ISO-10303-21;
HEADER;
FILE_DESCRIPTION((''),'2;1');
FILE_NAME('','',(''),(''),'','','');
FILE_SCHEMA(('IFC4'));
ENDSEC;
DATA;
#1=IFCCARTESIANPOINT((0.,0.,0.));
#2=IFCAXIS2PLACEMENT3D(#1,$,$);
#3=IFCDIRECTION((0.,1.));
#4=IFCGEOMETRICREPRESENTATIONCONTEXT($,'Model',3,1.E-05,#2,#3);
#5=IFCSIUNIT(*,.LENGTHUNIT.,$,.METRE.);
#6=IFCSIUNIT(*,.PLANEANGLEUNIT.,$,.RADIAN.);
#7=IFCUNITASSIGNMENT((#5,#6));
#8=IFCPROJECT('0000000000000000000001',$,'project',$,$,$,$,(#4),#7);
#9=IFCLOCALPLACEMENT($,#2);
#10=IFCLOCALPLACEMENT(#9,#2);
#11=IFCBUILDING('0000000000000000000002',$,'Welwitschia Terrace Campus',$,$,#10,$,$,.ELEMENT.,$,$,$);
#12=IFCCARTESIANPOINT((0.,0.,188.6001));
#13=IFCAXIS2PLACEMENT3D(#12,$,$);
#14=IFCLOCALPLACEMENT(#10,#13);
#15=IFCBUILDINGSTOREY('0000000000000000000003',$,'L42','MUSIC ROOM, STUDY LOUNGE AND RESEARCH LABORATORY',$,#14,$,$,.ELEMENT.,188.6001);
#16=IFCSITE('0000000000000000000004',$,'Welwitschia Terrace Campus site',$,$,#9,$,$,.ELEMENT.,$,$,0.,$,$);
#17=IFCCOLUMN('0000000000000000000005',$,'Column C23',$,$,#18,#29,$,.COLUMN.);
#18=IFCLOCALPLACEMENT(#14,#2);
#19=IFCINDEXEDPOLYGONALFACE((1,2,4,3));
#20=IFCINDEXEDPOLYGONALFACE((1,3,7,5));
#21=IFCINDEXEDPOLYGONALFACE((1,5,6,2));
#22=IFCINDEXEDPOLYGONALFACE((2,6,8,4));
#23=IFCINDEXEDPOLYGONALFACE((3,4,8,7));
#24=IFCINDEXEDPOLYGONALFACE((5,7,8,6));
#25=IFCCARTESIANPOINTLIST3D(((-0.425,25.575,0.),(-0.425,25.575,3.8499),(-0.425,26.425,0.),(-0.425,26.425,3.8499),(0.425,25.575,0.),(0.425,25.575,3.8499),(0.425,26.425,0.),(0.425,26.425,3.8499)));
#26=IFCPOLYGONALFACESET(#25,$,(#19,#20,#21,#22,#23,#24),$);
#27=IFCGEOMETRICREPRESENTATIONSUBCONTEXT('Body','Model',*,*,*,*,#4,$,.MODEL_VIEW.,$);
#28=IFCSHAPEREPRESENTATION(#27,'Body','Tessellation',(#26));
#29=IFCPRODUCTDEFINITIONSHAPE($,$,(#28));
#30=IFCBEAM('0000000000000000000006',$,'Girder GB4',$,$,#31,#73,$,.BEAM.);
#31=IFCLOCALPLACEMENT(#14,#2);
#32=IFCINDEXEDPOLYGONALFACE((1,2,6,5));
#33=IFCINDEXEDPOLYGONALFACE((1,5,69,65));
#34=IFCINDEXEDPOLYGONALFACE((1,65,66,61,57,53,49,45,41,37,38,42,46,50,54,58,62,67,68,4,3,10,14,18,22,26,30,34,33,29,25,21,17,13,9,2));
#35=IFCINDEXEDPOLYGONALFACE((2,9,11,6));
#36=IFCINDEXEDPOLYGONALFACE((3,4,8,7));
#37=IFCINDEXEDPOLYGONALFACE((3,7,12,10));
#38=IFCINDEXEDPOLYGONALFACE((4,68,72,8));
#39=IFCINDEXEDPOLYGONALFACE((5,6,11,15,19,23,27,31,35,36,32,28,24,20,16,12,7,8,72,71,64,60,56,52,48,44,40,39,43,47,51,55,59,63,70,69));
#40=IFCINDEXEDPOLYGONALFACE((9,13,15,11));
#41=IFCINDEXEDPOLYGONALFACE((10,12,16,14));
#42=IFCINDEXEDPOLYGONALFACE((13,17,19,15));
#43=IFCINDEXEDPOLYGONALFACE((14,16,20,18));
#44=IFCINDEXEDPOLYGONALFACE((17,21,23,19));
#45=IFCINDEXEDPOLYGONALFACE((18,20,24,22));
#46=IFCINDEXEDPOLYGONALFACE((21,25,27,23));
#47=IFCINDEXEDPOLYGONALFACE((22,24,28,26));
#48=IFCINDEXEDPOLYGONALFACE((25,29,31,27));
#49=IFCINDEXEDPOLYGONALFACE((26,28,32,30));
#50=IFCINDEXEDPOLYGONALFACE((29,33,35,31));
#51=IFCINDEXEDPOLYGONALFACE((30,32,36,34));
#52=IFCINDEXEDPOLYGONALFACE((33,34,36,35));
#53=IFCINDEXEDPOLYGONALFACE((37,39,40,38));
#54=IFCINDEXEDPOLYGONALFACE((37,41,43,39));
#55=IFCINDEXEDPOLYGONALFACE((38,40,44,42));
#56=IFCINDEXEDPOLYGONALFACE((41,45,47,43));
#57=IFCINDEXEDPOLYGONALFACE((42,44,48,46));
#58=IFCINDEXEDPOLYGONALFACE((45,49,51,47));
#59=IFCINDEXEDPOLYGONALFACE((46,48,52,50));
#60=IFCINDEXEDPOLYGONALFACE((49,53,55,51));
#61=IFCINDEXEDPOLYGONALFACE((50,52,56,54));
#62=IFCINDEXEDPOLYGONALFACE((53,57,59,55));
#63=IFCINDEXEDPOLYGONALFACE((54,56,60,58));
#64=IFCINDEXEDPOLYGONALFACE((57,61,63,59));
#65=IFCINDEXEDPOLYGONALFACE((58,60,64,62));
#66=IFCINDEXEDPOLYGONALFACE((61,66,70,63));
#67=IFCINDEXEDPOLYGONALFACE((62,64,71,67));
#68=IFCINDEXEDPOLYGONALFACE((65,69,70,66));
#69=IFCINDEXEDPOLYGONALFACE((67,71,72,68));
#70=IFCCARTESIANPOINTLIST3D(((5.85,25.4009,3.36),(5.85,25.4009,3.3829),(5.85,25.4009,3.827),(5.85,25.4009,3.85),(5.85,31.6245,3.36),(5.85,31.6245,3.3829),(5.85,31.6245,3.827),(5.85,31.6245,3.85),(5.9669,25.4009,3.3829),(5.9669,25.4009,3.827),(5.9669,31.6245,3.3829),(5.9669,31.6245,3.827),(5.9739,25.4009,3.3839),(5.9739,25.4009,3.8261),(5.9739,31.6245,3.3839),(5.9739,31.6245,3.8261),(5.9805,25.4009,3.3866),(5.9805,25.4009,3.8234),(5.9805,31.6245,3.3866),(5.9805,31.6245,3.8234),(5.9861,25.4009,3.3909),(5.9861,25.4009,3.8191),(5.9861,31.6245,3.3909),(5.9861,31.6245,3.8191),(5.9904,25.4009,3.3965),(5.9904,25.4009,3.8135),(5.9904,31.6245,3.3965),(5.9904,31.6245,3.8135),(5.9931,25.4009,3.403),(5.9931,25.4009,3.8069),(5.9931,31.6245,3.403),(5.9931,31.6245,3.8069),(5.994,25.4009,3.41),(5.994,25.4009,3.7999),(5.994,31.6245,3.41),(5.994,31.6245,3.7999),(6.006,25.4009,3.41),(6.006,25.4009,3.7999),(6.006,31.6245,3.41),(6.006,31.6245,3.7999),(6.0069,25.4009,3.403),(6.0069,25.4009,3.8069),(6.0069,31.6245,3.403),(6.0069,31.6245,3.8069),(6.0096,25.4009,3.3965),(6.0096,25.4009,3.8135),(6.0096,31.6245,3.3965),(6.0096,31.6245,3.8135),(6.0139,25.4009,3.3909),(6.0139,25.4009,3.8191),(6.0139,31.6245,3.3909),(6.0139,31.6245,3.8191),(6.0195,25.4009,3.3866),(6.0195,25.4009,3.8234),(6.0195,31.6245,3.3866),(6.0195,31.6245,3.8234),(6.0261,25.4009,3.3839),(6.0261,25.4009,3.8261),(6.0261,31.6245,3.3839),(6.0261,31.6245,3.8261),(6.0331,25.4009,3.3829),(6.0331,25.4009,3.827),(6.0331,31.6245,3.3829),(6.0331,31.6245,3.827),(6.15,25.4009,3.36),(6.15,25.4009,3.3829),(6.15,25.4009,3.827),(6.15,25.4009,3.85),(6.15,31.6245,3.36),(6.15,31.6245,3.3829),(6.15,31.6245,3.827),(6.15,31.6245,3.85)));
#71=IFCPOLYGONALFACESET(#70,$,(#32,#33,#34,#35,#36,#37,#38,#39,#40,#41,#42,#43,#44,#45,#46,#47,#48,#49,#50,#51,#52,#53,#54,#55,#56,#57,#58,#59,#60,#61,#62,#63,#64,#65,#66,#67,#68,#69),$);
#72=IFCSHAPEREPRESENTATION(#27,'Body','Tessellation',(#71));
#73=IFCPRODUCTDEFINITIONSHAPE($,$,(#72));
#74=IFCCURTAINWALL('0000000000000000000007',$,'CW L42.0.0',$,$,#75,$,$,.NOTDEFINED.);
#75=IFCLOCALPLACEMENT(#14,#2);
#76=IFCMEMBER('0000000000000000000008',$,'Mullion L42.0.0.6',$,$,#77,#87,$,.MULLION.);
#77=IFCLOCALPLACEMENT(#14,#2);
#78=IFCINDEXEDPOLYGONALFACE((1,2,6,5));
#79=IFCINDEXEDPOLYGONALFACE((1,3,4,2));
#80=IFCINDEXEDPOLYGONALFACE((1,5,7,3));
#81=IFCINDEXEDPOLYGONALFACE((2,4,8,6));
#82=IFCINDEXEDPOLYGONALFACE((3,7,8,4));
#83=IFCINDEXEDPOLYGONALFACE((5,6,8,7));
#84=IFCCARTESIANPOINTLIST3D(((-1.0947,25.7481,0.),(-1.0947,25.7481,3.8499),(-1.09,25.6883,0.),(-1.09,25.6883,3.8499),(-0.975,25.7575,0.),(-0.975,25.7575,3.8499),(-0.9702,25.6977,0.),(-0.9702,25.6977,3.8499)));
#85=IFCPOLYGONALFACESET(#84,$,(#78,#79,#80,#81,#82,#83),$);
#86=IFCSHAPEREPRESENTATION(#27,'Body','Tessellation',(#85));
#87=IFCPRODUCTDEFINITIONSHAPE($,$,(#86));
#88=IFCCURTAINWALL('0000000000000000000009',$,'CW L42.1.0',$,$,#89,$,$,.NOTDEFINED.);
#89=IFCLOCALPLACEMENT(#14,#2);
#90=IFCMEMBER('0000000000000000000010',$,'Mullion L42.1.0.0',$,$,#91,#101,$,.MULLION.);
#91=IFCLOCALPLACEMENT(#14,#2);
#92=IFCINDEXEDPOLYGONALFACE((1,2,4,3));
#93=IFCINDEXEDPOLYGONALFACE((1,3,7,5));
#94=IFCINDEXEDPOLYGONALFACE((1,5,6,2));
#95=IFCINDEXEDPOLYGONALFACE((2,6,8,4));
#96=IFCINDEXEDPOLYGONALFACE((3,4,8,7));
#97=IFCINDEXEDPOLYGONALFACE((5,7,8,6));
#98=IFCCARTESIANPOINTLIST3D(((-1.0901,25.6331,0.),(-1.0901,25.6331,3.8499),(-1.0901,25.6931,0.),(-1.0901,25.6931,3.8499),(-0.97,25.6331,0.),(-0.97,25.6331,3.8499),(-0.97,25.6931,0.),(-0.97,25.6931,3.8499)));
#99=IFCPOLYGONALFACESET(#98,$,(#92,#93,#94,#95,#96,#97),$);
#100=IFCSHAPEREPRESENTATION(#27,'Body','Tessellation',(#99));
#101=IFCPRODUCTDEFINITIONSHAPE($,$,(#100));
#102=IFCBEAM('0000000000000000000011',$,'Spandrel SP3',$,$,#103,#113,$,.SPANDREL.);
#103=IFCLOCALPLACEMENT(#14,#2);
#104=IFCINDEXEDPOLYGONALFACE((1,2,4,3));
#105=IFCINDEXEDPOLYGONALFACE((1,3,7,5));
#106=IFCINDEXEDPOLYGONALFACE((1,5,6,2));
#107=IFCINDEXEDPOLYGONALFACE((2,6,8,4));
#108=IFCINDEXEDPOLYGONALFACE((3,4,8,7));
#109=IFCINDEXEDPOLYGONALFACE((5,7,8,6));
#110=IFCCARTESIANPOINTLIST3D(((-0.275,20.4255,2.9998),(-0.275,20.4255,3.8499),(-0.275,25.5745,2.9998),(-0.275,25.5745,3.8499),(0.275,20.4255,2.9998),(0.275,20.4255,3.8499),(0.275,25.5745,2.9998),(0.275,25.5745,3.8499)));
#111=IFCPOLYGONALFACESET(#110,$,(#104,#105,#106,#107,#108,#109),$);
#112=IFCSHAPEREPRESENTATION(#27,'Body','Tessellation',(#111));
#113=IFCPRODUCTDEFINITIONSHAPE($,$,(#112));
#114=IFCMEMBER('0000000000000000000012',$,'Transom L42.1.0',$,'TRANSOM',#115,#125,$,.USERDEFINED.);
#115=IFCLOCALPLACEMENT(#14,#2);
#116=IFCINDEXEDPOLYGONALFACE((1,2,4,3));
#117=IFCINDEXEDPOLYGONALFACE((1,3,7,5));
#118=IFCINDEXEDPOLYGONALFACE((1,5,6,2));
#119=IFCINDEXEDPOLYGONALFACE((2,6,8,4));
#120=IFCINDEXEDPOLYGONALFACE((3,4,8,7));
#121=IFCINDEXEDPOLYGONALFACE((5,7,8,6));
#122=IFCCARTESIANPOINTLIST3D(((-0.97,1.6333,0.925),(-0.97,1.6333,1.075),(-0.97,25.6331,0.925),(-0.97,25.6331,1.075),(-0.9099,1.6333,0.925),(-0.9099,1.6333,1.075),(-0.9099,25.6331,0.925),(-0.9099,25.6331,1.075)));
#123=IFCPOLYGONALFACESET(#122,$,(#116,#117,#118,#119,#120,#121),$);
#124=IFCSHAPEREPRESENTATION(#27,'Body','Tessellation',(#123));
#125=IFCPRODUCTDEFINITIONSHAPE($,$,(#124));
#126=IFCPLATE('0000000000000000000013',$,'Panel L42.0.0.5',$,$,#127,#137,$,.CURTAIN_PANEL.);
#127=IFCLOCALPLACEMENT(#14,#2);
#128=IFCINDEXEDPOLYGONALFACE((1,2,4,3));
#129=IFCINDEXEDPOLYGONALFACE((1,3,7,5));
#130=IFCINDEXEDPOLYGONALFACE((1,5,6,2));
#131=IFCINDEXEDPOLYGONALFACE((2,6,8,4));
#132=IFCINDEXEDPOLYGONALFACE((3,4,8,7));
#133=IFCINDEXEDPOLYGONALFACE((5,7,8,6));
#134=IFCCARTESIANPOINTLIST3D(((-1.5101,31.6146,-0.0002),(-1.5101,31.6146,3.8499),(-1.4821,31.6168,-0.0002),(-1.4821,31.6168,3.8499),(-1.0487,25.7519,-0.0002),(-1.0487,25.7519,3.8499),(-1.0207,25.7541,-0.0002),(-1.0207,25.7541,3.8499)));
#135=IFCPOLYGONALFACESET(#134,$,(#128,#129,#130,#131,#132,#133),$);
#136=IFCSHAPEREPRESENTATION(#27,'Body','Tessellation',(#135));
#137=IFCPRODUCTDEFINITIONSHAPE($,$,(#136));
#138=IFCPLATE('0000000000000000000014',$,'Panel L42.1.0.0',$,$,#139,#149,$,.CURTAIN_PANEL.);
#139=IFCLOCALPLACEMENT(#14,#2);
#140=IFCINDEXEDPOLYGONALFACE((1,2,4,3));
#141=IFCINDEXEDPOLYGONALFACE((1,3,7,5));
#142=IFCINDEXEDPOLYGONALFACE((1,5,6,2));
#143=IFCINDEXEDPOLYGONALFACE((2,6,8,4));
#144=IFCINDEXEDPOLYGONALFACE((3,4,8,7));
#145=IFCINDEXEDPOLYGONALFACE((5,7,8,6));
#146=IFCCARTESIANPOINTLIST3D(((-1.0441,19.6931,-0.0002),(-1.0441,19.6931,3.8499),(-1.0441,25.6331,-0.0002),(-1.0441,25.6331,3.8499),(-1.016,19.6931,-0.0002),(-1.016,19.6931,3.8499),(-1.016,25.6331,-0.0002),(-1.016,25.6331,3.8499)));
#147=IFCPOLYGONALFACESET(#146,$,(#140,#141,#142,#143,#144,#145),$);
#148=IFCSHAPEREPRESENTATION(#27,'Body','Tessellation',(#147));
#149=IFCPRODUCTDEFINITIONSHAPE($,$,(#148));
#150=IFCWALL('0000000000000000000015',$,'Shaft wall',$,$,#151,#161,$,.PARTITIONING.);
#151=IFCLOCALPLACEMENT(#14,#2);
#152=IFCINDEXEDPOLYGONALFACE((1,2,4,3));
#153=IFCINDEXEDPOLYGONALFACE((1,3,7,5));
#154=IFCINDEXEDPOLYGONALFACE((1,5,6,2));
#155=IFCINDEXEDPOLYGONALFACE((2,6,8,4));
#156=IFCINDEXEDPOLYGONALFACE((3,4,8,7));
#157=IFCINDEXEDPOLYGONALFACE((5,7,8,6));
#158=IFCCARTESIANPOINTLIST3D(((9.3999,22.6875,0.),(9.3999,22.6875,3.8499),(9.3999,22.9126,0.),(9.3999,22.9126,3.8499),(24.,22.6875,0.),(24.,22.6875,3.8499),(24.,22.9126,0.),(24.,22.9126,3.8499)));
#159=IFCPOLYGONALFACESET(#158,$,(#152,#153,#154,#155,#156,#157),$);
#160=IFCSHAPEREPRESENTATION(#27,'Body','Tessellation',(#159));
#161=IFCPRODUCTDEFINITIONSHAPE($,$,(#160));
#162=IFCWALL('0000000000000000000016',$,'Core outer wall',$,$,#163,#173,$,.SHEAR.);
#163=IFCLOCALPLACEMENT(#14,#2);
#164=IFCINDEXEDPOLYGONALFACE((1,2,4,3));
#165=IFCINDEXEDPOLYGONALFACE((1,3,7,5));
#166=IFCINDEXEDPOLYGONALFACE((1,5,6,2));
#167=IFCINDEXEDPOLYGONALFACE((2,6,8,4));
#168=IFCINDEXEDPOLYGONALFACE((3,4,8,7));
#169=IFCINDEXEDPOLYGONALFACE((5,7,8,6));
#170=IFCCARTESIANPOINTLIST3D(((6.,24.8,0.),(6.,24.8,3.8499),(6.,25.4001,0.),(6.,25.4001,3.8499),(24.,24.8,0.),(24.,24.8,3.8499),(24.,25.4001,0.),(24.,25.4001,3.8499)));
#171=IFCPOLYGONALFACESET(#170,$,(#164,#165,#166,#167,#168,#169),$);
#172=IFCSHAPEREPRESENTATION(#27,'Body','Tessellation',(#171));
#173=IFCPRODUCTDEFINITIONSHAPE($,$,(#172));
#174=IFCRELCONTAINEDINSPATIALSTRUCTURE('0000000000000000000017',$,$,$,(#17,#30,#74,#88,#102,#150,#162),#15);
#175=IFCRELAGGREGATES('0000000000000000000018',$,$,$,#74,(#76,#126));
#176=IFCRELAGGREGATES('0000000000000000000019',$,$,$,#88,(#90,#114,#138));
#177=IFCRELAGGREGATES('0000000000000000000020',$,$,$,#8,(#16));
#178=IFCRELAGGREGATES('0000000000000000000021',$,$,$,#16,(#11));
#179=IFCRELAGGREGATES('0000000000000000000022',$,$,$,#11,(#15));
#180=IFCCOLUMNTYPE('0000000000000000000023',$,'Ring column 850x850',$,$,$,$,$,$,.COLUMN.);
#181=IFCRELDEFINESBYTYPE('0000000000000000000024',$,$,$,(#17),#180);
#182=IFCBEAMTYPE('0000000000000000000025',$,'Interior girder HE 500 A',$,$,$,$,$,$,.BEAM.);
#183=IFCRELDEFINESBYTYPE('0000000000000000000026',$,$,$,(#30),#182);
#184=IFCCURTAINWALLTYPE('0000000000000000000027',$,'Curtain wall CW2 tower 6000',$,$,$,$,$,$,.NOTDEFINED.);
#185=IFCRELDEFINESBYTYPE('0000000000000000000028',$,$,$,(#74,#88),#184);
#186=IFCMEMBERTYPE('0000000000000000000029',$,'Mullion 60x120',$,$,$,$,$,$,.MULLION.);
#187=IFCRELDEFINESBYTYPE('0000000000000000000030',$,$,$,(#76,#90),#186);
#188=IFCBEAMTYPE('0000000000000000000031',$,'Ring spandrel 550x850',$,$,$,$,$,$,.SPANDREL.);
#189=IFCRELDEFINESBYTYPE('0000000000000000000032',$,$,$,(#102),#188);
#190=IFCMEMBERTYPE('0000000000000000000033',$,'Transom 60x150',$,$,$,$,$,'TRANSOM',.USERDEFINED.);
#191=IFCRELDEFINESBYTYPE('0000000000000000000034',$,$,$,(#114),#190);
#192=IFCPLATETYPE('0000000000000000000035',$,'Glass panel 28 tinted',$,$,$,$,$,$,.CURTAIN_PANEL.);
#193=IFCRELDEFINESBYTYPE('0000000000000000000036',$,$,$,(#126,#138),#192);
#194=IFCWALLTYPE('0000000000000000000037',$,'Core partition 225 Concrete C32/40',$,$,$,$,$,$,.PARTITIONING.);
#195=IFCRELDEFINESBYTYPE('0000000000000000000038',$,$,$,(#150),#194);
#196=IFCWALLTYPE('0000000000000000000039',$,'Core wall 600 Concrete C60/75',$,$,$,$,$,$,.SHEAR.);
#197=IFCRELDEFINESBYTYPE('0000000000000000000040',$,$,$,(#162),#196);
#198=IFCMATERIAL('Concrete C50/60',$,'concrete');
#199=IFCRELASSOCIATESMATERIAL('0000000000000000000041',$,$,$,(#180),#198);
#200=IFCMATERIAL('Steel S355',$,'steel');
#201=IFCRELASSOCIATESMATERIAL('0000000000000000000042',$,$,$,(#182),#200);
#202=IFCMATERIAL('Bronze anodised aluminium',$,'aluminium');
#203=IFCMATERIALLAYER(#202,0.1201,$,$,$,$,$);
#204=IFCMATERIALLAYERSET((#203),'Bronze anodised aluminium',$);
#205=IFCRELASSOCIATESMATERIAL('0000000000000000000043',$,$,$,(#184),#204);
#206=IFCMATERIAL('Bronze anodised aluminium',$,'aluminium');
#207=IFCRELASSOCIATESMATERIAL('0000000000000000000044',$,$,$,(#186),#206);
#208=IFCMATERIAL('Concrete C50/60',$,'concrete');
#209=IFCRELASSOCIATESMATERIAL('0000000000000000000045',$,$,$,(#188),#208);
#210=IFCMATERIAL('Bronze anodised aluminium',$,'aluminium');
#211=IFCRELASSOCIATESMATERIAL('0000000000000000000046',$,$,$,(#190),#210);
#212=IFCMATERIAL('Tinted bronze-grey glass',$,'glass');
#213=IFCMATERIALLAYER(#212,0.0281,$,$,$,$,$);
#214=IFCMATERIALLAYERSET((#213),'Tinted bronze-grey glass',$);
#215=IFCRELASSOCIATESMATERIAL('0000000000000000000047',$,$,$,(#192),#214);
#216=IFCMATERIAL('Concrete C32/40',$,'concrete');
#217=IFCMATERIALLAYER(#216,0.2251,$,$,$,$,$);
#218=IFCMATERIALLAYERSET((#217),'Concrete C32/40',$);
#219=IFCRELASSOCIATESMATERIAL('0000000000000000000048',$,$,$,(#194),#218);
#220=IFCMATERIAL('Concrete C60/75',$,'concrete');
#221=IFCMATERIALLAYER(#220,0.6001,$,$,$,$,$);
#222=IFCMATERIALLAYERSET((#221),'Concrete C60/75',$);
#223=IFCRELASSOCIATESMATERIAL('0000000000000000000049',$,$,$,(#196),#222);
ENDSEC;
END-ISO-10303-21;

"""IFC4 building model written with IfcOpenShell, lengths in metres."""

from ifc_helpers import new_model, si_unit, direction, frame, frame_2d, origin, origin_2d, place, context, subcontext, project, spatial, rectangle, i_section, extrude, material, layer, layer_set, material_profile, profile_set, type_object, element, aggregate, save


model = new_model("IFC4")

# Units and contexts
model_context = context("Model", 3, precision=1e-05, world=origin(), true_north=direction((0.0, 1.0)))
body_context = subcontext(model_context, "Body", "Model", "MODEL_VIEW")
ifc_project = project(units=[si_unit("LENGTHUNIT", "METRE"), si_unit("PLANEANGLEUNIT", "RADIAN")], contexts=[model_context])

# Site, building, storey
site_placement = place(None, origin())
site = spatial("IfcSite", under=ifc_project, at=site_placement, Name="Welwitschia Terrace Campus site", CompositionType="ELEMENT", RefElevation=0.0)
building_placement = place(site_placement, origin())
building = spatial("IfcBuilding", under=site, at=building_placement, Name="Welwitschia Terrace Campus", CompositionType="ELEMENT")
storey_placement = place(building_placement, frame((0.0, 0.0, 188.6001)))
storey = spatial("IfcBuildingStorey", under=building, at=storey_placement, Name="L42", Description="MUSIC ROOM, STUDY LOUNGE AND RESEARCH LABORATORY", CompositionType="ELEMENT", Elevation=188.6001)

# Column
ifc_material_1 = material(Name="Concrete C50/60", Category="concrete")
ifc_material_profile_1 = material_profile(ifc_material_1, rectangle(XDim=0.8501, YDim=0.8501, at=origin_2d()))
ifc_profile_set_1 = profile_set([ifc_material_profile_1], Name="Concrete C50/60")
column_type = type_object("IfcColumnType", Name="Ring column 850x850", PredefinedType="COLUMN", material=ifc_profile_set_1)
column_placement = place(storey_placement, frame((0.0, 26.0, 0.0), z_axis=(0.0, 0.0, 1.0), x_axis=(1.0, 0.0, 0.0)))
element("IfcColumn", 1, at=column_placement, inside=storey, type_object=column_type, Name="Column C23", PredefinedType="COLUMN", context=body_context, shape_type="SweptSolid", body=[
    extrude(rectangle(XDim=0.8501, YDim=0.8501, at=origin_2d()), origin(), (0.0, 0.0, 1.0), 3.8499),
])

# Beam
ifc_material_2 = material(Name="Steel S355", Category="steel")
ifc_material_profile_2 = material_profile(ifc_material_2, i_section(OverallWidth=0.3, OverallDepth=0.49, WebThickness=0.012, FlangeThickness=0.0229, FilletRadius=0.0271, at=origin_2d()))
ifc_profile_set_2 = profile_set([ifc_material_profile_2], Name="Steel S355")
beam_type_1 = type_object("IfcBeamType", Name="Interior girder HE 500 A", PredefinedType="BEAM", material=ifc_profile_set_2)
beam_1_placement = place(storey_placement, frame((6.0, 25.4009, 3.605), z_axis=(0.0, 1.0, 0.0), x_axis=(-1.0, 0.0, 0.0)))
element("IfcBeam", 2, at=beam_1_placement, inside=storey, type_object=beam_type_1, Name="Girder GB4", PredefinedType="BEAM", context=body_context, shape_type="SweptSolid", body=[
    extrude(i_section(OverallWidth=0.3, OverallDepth=0.49, WebThickness=0.012, FlangeThickness=0.0229, FilletRadius=0.0271, at=origin_2d()), origin(), (0.0, 0.0, 1.0), 6.2236),
])

# Curtain walls, members
ifc_material_3 = material(Name="Bronze anodised aluminium", Category="aluminium")
ifc_layer_1 = layer(ifc_material_3, 0.1201)
ifc_layer_set_1 = layer_set([ifc_layer_1], Name="Bronze anodised aluminium")
curtain_wall_type = type_object("IfcCurtainWallType", Name="Curtain wall CW2 tower 6000", PredefinedType="NOTDEFINED", material=ifc_layer_set_1)
curtain_wall_1_placement = place(storey_placement, origin())
curtain_wall_1 = element("IfcCurtainWall", 3, at=curtain_wall_1_placement, inside=storey, type_object=curtain_wall_type, Name="CW L42.0.0", PredefinedType="NOTDEFINED")
ifc_material_4 = material(Name="Bronze anodised aluminium", Category="aluminium")
ifc_material_profile_3 = material_profile(ifc_material_4, rectangle(XDim=0.1201, YDim=0.0601, at=origin_2d()))
ifc_profile_set_3 = profile_set([ifc_material_profile_3], Name="Bronze anodised aluminium")
member_type_1 = type_object("IfcMemberType", Name="Mullion 60x120", PredefinedType="MULLION", material=ifc_profile_set_3)
member_1_placement = place(storey_placement, frame((-1.0325, 25.7229, 0.0), z_axis=(0.0, 0.0, 1.0), x_axis=(0.996917, 0.078459, 0.0)))
member_1 = element("IfcMember", 4, at=member_1_placement, type_object=member_type_1, Name="Mullion L42.0.0.6", PredefinedType="MULLION", context=body_context, shape_type="SweptSolid", body=[
    extrude(rectangle(XDim=0.1201, YDim=0.0601, at=origin_2d()), origin(), (0.0, 0.0, 1.0), 3.8499),
])
curtain_wall_2_placement = place(storey_placement, origin())
curtain_wall_2 = element("IfcCurtainWall", 5, at=curtain_wall_2_placement, inside=storey, type_object=curtain_wall_type, Name="CW L42.1.0", PredefinedType="NOTDEFINED")
member_2_placement = place(storey_placement, frame((-1.03, 25.6631, 0.0), z_axis=(0.0, 0.0, 1.0), x_axis=(1.0, 0.0, 0.0)))
member_2 = element("IfcMember", 6, at=member_2_placement, type_object=member_type_1, Name="Mullion L42.1.0.0", PredefinedType="MULLION", context=body_context, shape_type="SweptSolid", body=[
    extrude(rectangle(XDim=0.1201, YDim=0.0601, at=origin_2d()), origin(), (0.0, 0.0, 1.0), 3.8499),
])

# Beam
ifc_material_5 = material(Name="Concrete C50/60", Category="concrete")
ifc_material_profile_4 = material_profile(ifc_material_5, rectangle(XDim=0.55, YDim=0.8501, at=origin_2d()))
ifc_profile_set_4 = profile_set([ifc_material_profile_4], Name="Concrete C50/60")
beam_type_2 = type_object("IfcBeamType", Name="Ring spandrel 550x850", PredefinedType="SPANDREL", material=ifc_profile_set_4)
beam_2_placement = place(storey_placement, frame((0.0, 25.5745, 3.4248), z_axis=(0.0, -1.0, 0.0), x_axis=(1.0, 0.0, 0.0)))
element("IfcBeam", 7, at=beam_2_placement, inside=storey, type_object=beam_type_2, Name="Spandrel SP3", PredefinedType="SPANDREL", context=body_context, shape_type="SweptSolid", body=[
    extrude(rectangle(XDim=0.55, YDim=0.8501, at=origin_2d()), origin(), (0.0, 0.0, 1.0), 5.1489),
])

# Member
ifc_material_6 = material(Name="Bronze anodised aluminium", Category="aluminium")
ifc_material_profile_5 = material_profile(ifc_material_6, rectangle(XDim=0.0601, YDim=0.1499, at=origin_2d()))
ifc_profile_set_5 = profile_set([ifc_material_profile_5], Name="Bronze anodised aluminium")
member_type_2 = type_object("IfcMemberType", Name="Transom 60x150", ElementType="TRANSOM", PredefinedType="USERDEFINED", material=ifc_profile_set_5)
member_3_placement = place(storey_placement, frame((-0.9399, 25.6331, 1.0), z_axis=(0.0, -1.0, 0.0), x_axis=(1.0, 0.0, 0.0)))
member_3 = element("IfcMember", 8, at=member_3_placement, type_object=member_type_2, Name="Transom L42.1.0", ObjectType="TRANSOM", PredefinedType="USERDEFINED", context=body_context, shape_type="SweptSolid", body=[
    extrude(rectangle(XDim=0.0601, YDim=0.1499, at=origin_2d()), origin(), (0.0, 0.0, 1.0), 23.9998),
])

# Plates
ifc_material_7 = material(Name="Tinted bronze-grey glass", Category="glass")
ifc_layer_2 = layer(ifc_material_7, 0.0281)
ifc_layer_set_2 = layer_set([ifc_layer_2], Name="Tinted bronze-grey glass")
plate_type = type_object("IfcPlateType", Name="Glass panel 28 tinted", PredefinedType="CURTAIN_PANEL", material=ifc_layer_set_2)
plate_1_placement = place(storey_placement, frame((-1.2654, 28.6843, -0.0002), z_axis=(0.0, 0.0, 1.0), x_axis=(0.078459, -0.996917, 0.0)))
plate_1 = element("IfcPlate", 9, at=plate_1_placement, type_object=plate_type, Name="Panel L42.0.0.5", PredefinedType="CURTAIN_PANEL", context=body_context, shape_type="SweptSolid", body=[
    extrude(rectangle(XDim=5.8809, YDim=0.0281, at=origin_2d()), origin(), (0.0, 0.0, 1.0), 3.8501),
])
aggregate(curtain_wall_1, [member_1, plate_1])
plate_2_placement = place(storey_placement, frame((-1.03, 22.6631, -0.0002), z_axis=(0.0, 0.0, 1.0), x_axis=(0.0, -1.0, 0.0)))
plate_2 = element("IfcPlate", 10, at=plate_2_placement, type_object=plate_type, Name="Panel L42.1.0.0", PredefinedType="CURTAIN_PANEL", context=body_context, shape_type="SweptSolid", body=[
    extrude(rectangle(XDim=5.9399, YDim=0.0281, at=origin_2d()), origin(), (0.0, 0.0, 1.0), 3.8501),
])
aggregate(curtain_wall_2, [member_2, member_3, plate_2])

# Walls
ifc_material_8 = material(Name="Concrete C32/40", Category="concrete")
ifc_layer_3 = layer(ifc_material_8, 0.2251)
ifc_layer_set_3 = layer_set([ifc_layer_3], Name="Concrete C32/40")
wall_type_1 = type_object("IfcWallType", Name="Core partition 225 Concrete C32/40", PredefinedType="PARTITIONING", material=ifc_layer_set_3)
wall_1_placement = place(storey_placement, frame((9.3999, 22.8, 0.0), z_axis=(0.0, 0.0, 1.0), x_axis=(1.0, 0.0, 0.0)))
element("IfcWall", 11, at=wall_1_placement, inside=storey, type_object=wall_type_1, Name="Shaft wall", PredefinedType="PARTITIONING", context=body_context, shape_type="SweptSolid", body=[
    extrude(rectangle(XDim=14.6001, YDim=0.2251, at=frame_2d((7.3, 0.0))), origin(), (0.0, 0.0, 1.0), 3.8499),
])
ifc_material_9 = material(Name="Concrete C60/75", Category="concrete")
ifc_layer_4 = layer(ifc_material_9, 0.6001)
ifc_layer_set_4 = layer_set([ifc_layer_4], Name="Concrete C60/75")
wall_type_2 = type_object("IfcWallType", Name="Core wall 600 Concrete C60/75", PredefinedType="SHEAR", material=ifc_layer_set_4)
wall_2_placement = place(storey_placement, frame((6.0, 25.1001, 0.0), z_axis=(0.0, 0.0, 1.0), x_axis=(1.0, 0.0, 0.0)))
element("IfcWall", 12, at=wall_2_placement, inside=storey, type_object=wall_type_2, Name="Core outer wall", PredefinedType="SHEAR", context=body_context, shape_type="SweptSolid", body=[
    extrude(rectangle(XDim=18.0, YDim=0.6001, at=frame_2d((9.0, 0.0))), origin(), (0.0, 0.0, 1.0), 3.8499),
])

save(model, "model.ifc")
